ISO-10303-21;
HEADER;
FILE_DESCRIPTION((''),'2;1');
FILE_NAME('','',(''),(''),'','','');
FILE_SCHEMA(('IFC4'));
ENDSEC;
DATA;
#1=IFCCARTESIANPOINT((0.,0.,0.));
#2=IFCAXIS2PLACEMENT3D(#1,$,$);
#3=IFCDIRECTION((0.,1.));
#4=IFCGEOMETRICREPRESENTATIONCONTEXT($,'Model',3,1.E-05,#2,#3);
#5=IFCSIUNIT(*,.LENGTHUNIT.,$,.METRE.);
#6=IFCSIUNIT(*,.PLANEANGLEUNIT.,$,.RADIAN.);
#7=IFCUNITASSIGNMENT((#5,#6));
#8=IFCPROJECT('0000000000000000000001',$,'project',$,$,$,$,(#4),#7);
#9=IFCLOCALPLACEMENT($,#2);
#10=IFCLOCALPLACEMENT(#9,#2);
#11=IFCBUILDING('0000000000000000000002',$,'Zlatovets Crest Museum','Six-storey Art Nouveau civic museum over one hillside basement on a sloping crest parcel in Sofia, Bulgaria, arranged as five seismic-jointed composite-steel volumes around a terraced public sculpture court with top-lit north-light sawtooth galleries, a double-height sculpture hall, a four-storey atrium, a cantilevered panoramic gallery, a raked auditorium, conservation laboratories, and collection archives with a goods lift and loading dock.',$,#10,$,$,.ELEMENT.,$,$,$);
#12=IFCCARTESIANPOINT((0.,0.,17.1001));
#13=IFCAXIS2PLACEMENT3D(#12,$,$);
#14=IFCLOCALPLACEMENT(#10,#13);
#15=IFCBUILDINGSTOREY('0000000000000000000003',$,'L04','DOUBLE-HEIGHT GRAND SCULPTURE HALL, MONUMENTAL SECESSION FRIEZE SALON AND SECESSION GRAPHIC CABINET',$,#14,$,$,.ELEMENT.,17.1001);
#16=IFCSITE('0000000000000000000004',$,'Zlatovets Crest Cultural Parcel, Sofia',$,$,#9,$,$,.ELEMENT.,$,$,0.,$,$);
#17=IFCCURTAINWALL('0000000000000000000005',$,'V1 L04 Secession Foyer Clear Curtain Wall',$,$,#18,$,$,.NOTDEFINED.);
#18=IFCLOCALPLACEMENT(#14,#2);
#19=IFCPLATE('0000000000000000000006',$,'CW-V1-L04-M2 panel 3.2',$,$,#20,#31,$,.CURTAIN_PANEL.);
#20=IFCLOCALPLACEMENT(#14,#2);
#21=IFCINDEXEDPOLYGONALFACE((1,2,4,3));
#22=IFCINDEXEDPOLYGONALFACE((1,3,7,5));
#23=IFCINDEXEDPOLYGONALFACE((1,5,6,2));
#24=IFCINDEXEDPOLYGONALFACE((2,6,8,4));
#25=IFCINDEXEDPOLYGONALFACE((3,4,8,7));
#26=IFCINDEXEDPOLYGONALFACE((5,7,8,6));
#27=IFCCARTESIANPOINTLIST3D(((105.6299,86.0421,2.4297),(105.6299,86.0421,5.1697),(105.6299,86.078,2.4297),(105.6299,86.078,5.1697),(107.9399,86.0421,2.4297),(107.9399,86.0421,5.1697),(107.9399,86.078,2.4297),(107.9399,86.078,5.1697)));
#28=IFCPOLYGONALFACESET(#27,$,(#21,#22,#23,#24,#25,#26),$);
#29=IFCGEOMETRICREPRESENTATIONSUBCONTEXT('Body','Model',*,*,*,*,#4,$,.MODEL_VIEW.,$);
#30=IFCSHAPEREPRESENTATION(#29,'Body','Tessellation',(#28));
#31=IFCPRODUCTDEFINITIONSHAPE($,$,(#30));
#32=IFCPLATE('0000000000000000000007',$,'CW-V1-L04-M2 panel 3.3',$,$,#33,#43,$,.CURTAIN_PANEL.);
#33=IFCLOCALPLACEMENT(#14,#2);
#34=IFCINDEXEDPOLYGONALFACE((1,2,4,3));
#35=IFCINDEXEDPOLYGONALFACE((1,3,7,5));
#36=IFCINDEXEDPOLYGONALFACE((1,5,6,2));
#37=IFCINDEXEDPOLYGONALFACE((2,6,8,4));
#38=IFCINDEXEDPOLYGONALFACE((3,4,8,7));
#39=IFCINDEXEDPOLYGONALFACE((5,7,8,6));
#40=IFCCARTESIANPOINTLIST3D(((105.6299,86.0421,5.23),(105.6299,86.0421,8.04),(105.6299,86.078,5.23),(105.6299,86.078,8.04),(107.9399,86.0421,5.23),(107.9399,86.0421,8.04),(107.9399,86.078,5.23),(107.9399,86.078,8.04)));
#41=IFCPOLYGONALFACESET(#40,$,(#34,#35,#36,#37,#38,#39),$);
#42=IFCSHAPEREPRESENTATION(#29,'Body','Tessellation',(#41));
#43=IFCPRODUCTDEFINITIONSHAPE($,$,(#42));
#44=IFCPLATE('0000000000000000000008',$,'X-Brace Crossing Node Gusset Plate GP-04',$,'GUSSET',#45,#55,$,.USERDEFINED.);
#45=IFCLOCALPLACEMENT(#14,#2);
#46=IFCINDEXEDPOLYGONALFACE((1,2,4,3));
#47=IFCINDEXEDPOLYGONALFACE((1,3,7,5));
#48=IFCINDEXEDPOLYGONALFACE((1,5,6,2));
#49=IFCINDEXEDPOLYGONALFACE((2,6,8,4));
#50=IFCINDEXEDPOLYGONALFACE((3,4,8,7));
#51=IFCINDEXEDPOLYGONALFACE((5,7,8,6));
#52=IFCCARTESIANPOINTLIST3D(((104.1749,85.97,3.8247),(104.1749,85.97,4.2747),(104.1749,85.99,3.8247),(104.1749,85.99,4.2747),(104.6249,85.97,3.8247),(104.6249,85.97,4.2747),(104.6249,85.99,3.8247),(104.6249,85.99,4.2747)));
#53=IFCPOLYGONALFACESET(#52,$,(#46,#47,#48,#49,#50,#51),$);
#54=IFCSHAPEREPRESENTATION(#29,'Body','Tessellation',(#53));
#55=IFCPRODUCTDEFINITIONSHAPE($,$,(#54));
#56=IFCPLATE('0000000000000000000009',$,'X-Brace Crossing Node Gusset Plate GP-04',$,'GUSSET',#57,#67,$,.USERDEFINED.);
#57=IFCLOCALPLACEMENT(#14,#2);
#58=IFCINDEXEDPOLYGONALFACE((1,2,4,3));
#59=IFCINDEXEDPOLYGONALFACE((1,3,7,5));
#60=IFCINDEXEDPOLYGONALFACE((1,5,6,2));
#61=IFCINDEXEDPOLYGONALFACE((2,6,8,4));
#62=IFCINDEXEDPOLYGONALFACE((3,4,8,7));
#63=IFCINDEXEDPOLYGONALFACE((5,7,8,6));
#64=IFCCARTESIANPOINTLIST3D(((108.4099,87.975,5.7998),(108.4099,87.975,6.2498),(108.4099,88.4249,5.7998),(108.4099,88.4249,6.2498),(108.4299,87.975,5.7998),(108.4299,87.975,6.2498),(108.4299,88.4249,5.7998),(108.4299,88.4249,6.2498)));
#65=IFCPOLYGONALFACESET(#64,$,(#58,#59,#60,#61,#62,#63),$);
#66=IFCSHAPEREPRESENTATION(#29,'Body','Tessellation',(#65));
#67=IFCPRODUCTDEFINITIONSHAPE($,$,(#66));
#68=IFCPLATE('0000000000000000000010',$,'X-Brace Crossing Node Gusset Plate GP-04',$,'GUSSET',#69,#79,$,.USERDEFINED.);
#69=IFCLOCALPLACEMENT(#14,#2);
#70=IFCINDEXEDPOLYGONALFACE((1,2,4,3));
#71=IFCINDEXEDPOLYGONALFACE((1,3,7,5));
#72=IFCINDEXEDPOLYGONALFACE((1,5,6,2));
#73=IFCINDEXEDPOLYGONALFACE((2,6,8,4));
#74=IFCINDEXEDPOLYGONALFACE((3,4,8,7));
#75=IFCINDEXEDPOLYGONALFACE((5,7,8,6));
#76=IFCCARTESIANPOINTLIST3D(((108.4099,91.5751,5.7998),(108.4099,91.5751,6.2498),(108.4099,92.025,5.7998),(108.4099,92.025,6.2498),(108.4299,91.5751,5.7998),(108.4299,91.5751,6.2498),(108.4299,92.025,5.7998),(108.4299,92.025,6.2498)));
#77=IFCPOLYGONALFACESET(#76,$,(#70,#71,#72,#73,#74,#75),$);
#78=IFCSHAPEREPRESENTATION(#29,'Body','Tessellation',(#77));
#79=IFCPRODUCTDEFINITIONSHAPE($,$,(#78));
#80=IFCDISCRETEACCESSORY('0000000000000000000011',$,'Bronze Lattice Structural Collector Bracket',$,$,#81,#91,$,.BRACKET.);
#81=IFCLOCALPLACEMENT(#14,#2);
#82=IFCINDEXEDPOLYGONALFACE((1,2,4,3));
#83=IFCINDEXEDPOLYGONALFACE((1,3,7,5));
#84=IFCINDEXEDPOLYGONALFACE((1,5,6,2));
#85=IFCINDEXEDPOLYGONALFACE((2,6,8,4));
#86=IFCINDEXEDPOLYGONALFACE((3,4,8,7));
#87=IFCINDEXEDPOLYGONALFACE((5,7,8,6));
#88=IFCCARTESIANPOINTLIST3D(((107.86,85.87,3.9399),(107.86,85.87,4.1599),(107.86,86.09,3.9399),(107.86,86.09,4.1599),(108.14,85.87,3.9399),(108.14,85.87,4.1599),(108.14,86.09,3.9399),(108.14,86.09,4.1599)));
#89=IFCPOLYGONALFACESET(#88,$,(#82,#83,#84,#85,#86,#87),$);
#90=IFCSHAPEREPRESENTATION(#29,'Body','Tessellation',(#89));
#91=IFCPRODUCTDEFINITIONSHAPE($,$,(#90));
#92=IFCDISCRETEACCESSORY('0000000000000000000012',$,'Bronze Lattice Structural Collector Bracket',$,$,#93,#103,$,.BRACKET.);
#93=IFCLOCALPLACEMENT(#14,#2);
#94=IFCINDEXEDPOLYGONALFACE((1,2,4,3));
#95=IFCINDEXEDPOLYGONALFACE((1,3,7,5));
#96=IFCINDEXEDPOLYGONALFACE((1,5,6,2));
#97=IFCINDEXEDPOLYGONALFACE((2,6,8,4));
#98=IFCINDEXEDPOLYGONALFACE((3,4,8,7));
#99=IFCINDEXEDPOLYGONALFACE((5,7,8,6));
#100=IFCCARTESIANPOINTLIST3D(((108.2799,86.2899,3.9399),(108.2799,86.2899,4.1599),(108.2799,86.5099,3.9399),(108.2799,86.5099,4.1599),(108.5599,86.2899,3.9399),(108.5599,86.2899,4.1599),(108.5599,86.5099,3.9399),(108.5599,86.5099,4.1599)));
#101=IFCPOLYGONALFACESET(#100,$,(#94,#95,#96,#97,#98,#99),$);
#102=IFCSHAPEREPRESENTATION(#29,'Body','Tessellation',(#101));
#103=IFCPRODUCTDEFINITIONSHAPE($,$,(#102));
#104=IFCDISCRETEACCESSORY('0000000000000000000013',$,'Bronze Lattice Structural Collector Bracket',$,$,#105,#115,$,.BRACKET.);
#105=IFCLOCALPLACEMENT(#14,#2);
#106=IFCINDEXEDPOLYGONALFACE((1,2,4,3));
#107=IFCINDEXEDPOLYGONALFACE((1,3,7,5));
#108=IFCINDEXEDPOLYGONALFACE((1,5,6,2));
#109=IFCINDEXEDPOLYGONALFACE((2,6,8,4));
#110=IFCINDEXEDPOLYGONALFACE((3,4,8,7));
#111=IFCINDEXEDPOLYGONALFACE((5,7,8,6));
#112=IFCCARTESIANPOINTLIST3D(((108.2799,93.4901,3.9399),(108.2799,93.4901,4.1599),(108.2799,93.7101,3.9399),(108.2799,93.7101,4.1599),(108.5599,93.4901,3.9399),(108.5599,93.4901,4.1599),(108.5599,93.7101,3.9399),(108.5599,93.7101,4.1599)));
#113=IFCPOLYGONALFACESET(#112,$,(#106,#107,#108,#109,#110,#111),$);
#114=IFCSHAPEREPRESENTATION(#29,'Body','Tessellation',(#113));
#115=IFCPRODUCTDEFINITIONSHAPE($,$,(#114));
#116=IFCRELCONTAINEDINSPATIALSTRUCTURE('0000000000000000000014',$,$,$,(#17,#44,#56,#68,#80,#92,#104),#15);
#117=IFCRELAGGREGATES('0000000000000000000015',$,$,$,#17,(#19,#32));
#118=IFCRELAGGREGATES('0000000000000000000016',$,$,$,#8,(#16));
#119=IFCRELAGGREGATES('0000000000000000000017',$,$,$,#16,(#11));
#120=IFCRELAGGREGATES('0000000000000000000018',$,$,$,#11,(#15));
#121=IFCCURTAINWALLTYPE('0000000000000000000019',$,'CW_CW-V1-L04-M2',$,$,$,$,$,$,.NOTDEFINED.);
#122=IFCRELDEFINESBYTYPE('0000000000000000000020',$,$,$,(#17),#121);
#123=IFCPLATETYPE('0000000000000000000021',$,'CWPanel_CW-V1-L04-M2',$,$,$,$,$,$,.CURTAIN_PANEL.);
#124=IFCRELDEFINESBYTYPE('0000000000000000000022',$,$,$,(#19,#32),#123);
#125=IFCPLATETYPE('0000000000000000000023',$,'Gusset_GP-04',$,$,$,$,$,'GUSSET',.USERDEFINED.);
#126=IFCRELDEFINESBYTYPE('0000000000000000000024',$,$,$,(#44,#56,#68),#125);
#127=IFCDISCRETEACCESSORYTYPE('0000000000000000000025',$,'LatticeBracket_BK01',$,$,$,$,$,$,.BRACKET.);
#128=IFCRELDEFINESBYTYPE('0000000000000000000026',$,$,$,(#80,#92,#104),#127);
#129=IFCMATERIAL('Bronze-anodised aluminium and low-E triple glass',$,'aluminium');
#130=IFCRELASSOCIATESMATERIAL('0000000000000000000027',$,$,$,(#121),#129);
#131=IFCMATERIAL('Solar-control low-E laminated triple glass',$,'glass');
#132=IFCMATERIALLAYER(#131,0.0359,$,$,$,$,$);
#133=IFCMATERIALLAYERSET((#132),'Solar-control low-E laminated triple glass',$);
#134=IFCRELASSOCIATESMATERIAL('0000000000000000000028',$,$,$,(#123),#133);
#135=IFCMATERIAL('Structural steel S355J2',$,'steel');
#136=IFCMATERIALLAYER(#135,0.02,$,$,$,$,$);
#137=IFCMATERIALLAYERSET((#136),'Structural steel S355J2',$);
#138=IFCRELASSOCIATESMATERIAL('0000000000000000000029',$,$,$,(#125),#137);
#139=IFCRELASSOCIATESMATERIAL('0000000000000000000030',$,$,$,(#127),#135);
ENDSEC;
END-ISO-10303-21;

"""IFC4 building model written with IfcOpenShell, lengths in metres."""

from ifc_helpers import new_model, si_unit, direction, frame, origin, origin_2d, place, context, subcontext, project, spatial, rectangle, extrude, material, layer, layer_set, type_object, element, aggregate, save


model = new_model("IFC4")

# Units and contexts
model_context = context("Model", 3, precision=1e-05, world=origin(), true_north=direction((0.0, 1.0)))
body_context = subcontext(model_context, "Body", "Model", "MODEL_VIEW")
ifc_project = project(units=[si_unit("LENGTHUNIT", "METRE"), si_unit("PLANEANGLEUNIT", "RADIAN")], contexts=[model_context])

# Site, building, storey
site_placement = place(None, origin())
site = spatial("IfcSite", under=ifc_project, at=site_placement, Name="Zlatovets Crest Cultural Parcel, Sofia", CompositionType="ELEMENT", RefElevation=0.0)
building_placement = place(site_placement, origin())
building = spatial("IfcBuilding", under=site, at=building_placement, Name="Zlatovets Crest Museum", Description="Six-storey Art Nouveau civic museum over one hillside basement on a sloping crest parcel in Sofia, Bulgaria, arranged as five seismic-jointed composite-steel volumes around a terraced public sculpture court with top-lit north-light sawtooth galleries, a double-height sculpture hall, a four-storey atrium, a cantilevered panoramic gallery, a raked auditorium, conservation laboratories, and collection archives with a goods lift and loading dock.", CompositionType="ELEMENT")
storey_placement = place(building_placement, frame((0.0, 0.0, 17.1001)))
storey = spatial("IfcBuildingStorey", under=building, at=storey_placement, Name="L04", Description="DOUBLE-HEIGHT GRAND SCULPTURE HALL, MONUMENTAL SECESSION FRIEZE SALON AND SECESSION GRAPHIC CABINET", CompositionType="ELEMENT", Elevation=17.1001)

# Shared definitions
ifc_material_1 = material(Name="Structural steel S355J2", Category="steel")

# Curtain wall
ifc_material_2 = material(Name="Bronze-anodised aluminium and low-E triple glass", Category="aluminium")
curtain_wall_type = type_object("IfcCurtainWallType", Name="CW_CW-V1-L04-M2", PredefinedType="NOTDEFINED", material=ifc_material_2)
curtain_wall_placement = place(storey_placement, origin())
curtain_wall = element("IfcCurtainWall", 1, at=curtain_wall_placement, inside=storey, type_object=curtain_wall_type, Name="V1 L04 Secession Foyer Clear Curtain Wall", PredefinedType="NOTDEFINED")

# Plates
ifc_material_3 = material(Name="Solar-control low-E laminated triple glass", Category="glass")
ifc_layer_1 = layer(ifc_material_3, 0.0359)
ifc_layer_set_1 = layer_set([ifc_layer_1], Name="Solar-control low-E laminated triple glass")
plate_type_1 = type_object("IfcPlateType", Name="CWPanel_CW-V1-L04-M2", PredefinedType="CURTAIN_PANEL", material=ifc_layer_set_1)
plate_1_placement = place(storey_placement, frame((106.7849, 86.0601, 2.4297), z_axis=(0.0, 0.0, 1.0), x_axis=(1.0, 0.0, 0.0)))
plate_1 = element("IfcPlate", 2, at=plate_1_placement, type_object=plate_type_1, Name="CW-V1-L04-M2 panel 3.2", PredefinedType="CURTAIN_PANEL", context=body_context, shape_type="SweptSolid", body=[
    extrude(rectangle(XDim=2.3101, YDim=0.0359, at=origin_2d()), origin(), (0.0, 0.0, 1.0), 2.74),
])
plate_2_placement = place(storey_placement, frame((106.7849, 86.0601, 5.23), z_axis=(0.0, 0.0, 1.0), x_axis=(1.0, 0.0, 0.0)))
plate_2 = element("IfcPlate", 3, at=plate_2_placement, type_object=plate_type_1, Name="CW-V1-L04-M2 panel 3.3", PredefinedType="CURTAIN_PANEL", context=body_context, shape_type="SweptSolid", body=[
    extrude(rectangle(XDim=2.3101, YDim=0.0359, at=origin_2d()), origin(), (0.0, 0.0, 1.0), 2.8101),
])
aggregate(curtain_wall, [plate_1, plate_2])

# Plates
ifc_layer_2 = layer(ifc_material_1, 0.02)
ifc_layer_set_2 = layer_set([ifc_layer_2], Name="Structural steel S355J2")
plate_type_2 = type_object("IfcPlateType", Name="Gusset_GP-04", ElementType="GUSSET", PredefinedType="USERDEFINED", material=ifc_layer_set_2)
plate_3_placement = place(storey_placement, frame((104.3999, 85.98, 3.8247), z_axis=(0.0, 0.0, 1.0), x_axis=(1.0, 0.0, 0.0)))
element("IfcPlate", 4, at=plate_3_placement, inside=storey, type_object=plate_type_2, Name="X-Brace Crossing Node Gusset Plate GP-04", ObjectType="GUSSET", PredefinedType="USERDEFINED", context=body_context, shape_type="SweptSolid", body=[
    extrude(rectangle(XDim=0.45, YDim=0.02, at=origin_2d()), origin(), (0.0, 0.0, 1.0), 0.45),
])
for number, where, z_axis, x_axis, name in (
    (5, (108.4199, 88.2, 5.7998), (0.0, 0.0, 1.0), (1.0, 0.0, 0.0), "X-Brace Crossing Node Gusset Plate GP-04"),
    (6, (108.4199, 91.8, 5.7998), (0.0, 0.0, 1.0), (1.0, 0.0, 0.0), "X-Brace Crossing Node Gusset Plate GP-04"),
):
    element("IfcPlate", number, at=place(storey_placement, frame(where, z_axis=z_axis, x_axis=x_axis)), inside=storey, type_object=plate_type_2, Name=name, ObjectType="GUSSET", PredefinedType="USERDEFINED", context=body_context, shape_type="SweptSolid", body=[
        extrude(rectangle(XDim=0.02, YDim=0.45, at=origin_2d()), origin(), (0.0, 0.0, 1.0), 0.45),
    ])

# Discrete accessories
discrete_accessory_type = type_object("IfcDiscreteAccessoryType", Name="LatticeBracket_BK01", PredefinedType="BRACKET", material=ifc_material_1)
for number, where, z_axis, x_axis, name in (
    (7, (108.0, 85.98, 3.9399), (0.0, 0.0, 1.0), (1.0, 0.0, 0.0), "Bronze Lattice Structural Collector Bracket"),
    (8, (108.4199, 86.3999, 3.9399), (0.0, 0.0, 1.0), (1.0, 0.0, 0.0), "Bronze Lattice Structural Collector Bracket"),
    (9, (108.4199, 93.6001, 3.9399), (0.0, 0.0, 1.0), (1.0, 0.0, 0.0), "Bronze Lattice Structural Collector Bracket"),
):
    element("IfcDiscreteAccessory", number, at=place(storey_placement, frame(where, z_axis=z_axis, x_axis=x_axis)), inside=storey, type_object=discrete_accessory_type, Name=name, PredefinedType="BRACKET", context=body_context, shape_type="SweptSolid", body=[
        extrude(rectangle(XDim=0.28, YDim=0.22, at=origin_2d()), origin(), (0.0, 0.0, 1.0), 0.22),
    ])

save(model, "model.ifc")
